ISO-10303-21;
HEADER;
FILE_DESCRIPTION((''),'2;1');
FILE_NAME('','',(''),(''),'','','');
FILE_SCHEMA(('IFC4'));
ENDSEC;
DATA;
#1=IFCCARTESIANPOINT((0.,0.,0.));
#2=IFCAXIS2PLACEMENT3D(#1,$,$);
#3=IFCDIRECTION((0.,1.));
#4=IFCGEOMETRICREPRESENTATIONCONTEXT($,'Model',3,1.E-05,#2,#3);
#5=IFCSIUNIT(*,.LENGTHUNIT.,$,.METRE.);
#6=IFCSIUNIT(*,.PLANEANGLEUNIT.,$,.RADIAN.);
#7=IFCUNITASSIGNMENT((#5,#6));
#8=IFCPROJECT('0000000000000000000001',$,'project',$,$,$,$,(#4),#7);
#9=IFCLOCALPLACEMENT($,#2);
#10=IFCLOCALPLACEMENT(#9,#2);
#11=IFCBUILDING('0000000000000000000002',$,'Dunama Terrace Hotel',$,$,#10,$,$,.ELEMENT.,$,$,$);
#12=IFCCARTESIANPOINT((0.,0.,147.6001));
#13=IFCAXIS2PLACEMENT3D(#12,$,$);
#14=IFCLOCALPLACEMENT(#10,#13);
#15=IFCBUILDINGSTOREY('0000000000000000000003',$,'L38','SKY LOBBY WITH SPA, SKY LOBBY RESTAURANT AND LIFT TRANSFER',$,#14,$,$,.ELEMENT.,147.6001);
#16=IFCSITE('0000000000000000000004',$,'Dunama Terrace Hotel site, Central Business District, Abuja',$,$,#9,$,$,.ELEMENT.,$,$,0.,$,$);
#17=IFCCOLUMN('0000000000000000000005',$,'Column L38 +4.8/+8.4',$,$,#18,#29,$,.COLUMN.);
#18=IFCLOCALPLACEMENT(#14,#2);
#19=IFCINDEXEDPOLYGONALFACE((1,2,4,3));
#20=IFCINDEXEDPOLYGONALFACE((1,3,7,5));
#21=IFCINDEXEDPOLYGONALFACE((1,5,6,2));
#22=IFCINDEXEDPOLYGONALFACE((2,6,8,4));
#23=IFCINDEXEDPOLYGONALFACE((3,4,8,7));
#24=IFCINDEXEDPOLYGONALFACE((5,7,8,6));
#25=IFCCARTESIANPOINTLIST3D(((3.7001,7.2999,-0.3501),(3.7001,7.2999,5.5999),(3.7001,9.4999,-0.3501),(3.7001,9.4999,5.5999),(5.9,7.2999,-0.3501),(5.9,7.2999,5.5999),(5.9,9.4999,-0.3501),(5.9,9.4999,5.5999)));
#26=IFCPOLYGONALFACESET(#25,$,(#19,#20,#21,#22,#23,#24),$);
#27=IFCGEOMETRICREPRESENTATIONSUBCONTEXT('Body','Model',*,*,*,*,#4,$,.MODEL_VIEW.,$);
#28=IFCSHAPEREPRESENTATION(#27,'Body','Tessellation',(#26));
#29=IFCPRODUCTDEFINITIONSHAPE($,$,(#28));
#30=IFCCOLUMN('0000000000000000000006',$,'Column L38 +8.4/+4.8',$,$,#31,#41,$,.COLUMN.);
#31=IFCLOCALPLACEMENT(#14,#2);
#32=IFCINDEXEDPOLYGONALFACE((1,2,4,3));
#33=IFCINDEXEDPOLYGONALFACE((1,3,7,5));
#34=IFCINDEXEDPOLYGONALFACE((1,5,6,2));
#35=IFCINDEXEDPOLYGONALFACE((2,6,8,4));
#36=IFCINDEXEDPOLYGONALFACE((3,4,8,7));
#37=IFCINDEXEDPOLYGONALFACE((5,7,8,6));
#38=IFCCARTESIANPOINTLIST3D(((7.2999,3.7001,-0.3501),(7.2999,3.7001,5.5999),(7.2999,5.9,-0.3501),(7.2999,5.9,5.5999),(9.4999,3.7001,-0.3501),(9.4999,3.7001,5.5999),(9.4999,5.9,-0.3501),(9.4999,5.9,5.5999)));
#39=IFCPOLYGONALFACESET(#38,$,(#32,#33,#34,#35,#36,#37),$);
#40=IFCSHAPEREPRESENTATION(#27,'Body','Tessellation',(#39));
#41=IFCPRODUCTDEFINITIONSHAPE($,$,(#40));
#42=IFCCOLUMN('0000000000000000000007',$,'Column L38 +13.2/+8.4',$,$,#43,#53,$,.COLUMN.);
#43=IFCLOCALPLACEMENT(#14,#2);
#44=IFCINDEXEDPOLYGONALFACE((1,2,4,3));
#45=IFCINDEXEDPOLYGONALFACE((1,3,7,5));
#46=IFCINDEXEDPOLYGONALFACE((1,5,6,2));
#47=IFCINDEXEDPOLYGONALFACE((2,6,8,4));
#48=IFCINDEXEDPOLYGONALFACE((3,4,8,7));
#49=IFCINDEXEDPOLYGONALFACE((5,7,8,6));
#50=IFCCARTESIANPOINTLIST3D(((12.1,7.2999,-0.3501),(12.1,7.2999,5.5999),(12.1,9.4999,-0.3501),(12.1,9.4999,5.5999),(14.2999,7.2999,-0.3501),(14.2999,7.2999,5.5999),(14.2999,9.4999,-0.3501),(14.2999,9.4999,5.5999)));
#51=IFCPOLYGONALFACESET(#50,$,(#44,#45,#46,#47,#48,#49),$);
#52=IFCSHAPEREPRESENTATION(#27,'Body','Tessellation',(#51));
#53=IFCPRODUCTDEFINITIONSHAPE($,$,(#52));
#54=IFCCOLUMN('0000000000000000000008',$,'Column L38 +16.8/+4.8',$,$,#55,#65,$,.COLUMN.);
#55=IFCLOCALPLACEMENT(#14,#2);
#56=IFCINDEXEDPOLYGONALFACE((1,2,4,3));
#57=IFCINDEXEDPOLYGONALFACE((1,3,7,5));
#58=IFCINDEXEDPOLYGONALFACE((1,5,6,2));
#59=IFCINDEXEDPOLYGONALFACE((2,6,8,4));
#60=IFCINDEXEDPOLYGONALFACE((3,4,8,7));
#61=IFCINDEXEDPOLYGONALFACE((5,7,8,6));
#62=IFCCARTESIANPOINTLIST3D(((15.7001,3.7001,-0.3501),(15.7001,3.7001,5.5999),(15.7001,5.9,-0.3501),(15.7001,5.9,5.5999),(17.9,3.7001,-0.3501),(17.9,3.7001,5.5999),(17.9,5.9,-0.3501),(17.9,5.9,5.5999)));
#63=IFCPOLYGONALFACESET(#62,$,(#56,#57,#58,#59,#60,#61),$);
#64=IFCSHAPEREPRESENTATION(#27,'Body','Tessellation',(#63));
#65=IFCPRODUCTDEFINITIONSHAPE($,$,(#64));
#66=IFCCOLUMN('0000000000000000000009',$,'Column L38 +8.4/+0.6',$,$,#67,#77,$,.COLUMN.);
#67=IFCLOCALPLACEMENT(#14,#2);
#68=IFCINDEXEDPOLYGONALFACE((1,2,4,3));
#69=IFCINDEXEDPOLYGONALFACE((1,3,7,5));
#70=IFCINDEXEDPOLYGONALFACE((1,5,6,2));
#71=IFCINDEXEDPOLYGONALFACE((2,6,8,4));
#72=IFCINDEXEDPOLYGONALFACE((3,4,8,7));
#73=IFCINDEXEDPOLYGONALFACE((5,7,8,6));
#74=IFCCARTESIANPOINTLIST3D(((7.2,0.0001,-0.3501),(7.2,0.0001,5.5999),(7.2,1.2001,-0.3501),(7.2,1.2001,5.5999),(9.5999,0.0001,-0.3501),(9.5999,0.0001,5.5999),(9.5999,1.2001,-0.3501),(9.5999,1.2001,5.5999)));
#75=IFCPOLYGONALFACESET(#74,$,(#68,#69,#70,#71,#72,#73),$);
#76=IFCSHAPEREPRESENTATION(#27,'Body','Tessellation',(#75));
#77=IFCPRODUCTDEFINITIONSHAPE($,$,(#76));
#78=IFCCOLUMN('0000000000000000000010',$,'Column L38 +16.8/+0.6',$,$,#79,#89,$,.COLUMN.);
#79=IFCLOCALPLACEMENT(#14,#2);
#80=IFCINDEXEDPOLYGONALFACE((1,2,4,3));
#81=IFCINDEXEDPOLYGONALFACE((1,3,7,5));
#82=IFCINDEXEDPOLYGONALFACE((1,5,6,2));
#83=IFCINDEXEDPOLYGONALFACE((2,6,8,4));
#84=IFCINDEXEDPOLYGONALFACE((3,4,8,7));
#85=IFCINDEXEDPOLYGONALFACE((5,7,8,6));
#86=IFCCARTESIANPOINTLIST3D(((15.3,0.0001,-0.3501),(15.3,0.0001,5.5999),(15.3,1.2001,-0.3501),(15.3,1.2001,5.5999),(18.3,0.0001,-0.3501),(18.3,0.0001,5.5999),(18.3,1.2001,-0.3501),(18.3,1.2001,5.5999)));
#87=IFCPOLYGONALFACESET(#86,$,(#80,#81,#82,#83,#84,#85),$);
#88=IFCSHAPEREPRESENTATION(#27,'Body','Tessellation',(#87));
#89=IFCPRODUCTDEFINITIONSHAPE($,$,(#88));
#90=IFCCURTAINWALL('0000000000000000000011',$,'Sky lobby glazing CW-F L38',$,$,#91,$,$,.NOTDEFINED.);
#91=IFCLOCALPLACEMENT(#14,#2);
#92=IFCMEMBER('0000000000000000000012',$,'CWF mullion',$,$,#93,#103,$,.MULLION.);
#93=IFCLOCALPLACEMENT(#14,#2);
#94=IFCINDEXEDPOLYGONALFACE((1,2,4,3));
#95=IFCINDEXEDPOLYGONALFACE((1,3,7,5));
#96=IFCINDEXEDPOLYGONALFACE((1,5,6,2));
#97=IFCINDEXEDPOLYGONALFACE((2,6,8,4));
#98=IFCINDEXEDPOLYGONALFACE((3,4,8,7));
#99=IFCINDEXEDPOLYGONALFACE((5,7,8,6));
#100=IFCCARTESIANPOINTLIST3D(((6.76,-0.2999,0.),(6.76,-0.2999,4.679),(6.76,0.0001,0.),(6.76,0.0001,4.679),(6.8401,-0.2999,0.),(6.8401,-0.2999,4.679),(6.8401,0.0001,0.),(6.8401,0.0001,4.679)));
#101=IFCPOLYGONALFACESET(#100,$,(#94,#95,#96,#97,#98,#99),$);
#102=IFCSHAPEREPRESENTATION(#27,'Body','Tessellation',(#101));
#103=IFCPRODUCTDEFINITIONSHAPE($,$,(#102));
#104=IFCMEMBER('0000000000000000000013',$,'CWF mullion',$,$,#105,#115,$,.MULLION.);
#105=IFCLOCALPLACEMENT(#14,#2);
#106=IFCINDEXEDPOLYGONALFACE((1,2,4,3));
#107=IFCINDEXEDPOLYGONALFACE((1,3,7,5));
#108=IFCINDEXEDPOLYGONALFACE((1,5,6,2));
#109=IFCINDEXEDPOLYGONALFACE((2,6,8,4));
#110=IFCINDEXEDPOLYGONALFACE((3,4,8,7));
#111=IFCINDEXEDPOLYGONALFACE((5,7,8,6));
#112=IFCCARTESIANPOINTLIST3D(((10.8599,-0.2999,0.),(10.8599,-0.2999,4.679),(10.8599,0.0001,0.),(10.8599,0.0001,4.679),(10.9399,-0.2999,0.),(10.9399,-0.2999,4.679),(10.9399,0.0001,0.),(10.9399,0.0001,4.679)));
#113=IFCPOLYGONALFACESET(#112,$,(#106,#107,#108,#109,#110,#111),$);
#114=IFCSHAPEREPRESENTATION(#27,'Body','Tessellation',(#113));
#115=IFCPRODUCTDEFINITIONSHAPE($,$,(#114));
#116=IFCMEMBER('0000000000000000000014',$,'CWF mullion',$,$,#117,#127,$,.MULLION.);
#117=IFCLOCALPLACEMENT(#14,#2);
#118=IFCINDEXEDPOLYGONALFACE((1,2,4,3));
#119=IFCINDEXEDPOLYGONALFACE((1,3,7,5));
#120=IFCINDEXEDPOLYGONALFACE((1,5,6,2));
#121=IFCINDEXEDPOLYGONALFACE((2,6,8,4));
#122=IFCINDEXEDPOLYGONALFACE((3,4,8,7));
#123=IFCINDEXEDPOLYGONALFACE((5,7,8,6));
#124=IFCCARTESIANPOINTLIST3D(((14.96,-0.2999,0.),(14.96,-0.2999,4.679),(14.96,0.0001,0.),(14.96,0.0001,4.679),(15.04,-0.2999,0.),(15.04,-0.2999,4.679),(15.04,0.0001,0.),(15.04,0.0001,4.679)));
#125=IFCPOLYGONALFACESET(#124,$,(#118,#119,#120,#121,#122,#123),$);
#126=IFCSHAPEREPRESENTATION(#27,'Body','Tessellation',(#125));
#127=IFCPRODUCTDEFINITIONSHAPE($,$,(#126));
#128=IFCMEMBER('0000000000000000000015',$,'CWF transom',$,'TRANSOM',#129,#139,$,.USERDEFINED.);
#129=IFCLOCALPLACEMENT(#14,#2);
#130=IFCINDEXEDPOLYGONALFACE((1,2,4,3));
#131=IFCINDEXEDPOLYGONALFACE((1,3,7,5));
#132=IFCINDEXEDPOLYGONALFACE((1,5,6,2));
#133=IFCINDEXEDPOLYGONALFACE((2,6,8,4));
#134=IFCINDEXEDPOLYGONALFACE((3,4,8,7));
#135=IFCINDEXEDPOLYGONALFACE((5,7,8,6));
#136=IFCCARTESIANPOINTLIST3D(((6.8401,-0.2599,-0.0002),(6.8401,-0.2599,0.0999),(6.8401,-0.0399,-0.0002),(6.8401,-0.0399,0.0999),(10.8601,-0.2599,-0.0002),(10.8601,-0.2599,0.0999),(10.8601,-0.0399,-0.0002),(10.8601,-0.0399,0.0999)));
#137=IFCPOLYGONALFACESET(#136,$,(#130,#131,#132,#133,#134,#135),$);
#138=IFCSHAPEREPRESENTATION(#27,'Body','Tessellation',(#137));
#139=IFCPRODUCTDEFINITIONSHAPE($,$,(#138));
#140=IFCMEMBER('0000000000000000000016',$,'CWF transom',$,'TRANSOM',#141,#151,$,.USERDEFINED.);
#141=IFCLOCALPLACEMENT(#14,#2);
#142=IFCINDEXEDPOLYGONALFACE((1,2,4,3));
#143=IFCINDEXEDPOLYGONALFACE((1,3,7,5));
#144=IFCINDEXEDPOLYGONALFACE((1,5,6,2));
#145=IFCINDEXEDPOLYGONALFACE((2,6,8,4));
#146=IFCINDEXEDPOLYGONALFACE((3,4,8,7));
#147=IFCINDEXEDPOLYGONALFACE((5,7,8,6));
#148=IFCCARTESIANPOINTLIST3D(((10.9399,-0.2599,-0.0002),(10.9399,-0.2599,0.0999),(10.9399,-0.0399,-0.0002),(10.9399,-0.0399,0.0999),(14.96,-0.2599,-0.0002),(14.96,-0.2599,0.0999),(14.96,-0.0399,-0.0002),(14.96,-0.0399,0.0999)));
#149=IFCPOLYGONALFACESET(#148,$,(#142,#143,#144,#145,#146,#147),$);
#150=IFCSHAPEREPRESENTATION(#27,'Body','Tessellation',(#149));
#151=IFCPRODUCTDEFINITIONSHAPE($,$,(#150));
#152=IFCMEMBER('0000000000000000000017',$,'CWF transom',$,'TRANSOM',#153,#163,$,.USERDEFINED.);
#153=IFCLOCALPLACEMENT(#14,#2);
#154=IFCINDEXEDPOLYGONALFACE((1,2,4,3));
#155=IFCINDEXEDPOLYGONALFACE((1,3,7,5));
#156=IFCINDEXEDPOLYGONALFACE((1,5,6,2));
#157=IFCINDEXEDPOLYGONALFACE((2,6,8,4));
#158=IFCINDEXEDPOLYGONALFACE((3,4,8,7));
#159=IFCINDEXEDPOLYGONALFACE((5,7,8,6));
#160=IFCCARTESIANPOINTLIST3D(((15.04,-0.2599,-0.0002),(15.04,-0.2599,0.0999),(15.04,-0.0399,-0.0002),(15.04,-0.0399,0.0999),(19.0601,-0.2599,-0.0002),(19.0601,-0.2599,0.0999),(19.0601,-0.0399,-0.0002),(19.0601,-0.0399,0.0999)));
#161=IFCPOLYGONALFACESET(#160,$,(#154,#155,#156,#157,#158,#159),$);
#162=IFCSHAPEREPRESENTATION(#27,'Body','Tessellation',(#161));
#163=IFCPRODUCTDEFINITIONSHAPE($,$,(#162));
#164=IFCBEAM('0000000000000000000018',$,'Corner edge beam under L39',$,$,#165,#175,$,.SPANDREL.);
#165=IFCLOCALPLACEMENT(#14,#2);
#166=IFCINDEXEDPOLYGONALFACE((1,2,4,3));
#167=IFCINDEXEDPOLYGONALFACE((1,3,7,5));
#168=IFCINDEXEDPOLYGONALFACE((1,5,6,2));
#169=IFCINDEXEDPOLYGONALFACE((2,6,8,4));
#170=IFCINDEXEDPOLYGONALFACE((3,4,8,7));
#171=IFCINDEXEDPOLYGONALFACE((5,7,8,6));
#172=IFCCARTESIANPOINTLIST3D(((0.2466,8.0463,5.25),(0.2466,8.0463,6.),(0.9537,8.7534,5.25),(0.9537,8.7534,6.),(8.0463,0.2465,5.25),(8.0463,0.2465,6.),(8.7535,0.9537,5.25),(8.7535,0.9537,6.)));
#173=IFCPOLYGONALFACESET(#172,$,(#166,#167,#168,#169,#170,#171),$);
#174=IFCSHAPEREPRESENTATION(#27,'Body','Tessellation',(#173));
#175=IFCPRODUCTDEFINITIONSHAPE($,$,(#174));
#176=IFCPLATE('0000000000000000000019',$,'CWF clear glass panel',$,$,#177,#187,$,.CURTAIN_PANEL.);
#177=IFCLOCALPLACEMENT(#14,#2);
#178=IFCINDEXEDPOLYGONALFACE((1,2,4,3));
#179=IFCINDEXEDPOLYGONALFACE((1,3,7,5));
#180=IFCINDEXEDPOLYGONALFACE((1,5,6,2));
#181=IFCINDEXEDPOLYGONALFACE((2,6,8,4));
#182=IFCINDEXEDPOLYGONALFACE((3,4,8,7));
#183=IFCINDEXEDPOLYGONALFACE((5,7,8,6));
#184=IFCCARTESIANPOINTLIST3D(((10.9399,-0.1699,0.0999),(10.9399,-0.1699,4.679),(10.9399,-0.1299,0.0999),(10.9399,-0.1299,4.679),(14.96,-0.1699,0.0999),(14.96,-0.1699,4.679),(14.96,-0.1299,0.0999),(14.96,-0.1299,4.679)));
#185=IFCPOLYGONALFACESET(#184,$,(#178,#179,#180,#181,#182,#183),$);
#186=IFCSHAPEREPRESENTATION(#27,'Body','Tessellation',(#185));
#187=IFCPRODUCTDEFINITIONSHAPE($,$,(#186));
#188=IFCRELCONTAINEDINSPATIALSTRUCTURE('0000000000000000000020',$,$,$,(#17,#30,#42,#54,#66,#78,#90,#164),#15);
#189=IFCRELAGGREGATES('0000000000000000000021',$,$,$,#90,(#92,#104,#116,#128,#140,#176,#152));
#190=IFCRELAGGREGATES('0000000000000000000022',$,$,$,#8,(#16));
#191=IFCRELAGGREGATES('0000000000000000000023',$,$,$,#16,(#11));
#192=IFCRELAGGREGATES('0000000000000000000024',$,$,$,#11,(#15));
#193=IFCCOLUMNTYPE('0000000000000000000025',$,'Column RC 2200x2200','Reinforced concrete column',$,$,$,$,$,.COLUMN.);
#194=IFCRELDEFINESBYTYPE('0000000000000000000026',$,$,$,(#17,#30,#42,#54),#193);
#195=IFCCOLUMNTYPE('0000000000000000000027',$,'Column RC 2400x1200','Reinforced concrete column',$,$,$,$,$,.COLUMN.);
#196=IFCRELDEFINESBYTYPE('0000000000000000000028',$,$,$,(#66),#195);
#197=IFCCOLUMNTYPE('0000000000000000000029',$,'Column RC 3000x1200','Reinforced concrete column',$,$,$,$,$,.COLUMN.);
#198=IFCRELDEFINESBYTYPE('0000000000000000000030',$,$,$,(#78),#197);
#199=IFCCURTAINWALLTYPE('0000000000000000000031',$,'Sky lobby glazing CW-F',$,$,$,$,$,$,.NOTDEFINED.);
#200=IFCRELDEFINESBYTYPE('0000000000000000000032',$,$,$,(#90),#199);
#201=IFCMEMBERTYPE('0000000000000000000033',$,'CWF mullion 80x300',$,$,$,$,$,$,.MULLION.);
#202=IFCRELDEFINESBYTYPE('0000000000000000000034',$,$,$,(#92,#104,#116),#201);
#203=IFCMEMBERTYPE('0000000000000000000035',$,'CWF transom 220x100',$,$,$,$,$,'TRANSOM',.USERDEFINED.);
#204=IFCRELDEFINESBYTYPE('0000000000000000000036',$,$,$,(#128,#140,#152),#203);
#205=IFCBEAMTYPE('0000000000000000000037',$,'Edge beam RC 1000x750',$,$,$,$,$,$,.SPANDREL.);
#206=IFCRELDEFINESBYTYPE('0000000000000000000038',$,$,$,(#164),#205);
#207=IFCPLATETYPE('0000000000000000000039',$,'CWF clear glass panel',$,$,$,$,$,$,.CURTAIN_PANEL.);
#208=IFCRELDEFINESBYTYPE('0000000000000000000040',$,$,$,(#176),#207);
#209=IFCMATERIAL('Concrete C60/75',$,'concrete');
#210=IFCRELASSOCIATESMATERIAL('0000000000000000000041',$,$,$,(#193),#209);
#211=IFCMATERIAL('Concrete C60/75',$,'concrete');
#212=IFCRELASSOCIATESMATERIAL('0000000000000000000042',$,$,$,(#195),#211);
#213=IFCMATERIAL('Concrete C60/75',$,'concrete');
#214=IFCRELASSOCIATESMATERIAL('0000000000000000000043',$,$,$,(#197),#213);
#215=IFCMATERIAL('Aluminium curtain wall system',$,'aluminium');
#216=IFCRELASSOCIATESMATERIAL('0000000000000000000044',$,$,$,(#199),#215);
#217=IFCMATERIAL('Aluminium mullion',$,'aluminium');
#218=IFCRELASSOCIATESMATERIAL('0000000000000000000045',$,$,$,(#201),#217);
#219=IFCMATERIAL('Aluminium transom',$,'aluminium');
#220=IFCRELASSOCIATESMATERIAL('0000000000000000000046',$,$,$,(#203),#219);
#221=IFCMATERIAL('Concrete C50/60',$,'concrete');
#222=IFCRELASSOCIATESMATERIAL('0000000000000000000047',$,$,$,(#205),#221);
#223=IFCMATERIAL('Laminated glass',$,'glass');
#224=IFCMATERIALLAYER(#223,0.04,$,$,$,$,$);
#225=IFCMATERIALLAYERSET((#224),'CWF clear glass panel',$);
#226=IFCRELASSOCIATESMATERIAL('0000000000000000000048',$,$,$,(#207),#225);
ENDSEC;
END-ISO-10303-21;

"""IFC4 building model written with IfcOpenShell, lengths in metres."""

from ifc_helpers import new_model, si_unit, direction, frame, origin, origin_2d, place, context, subcontext, project, spatial, rectangle, extrude, material, layer, layer_set, material_profile, profile_set, type_object, element, aggregate, save


model = new_model("IFC4")

# Units and contexts
model_context = context("Model", 3, precision=1e-05, world=origin(), true_north=direction((0.0, 1.0)))
body_context = subcontext(model_context, "Body", "Model", "MODEL_VIEW")
ifc_project = project(units=[si_unit("LENGTHUNIT", "METRE"), si_unit("PLANEANGLEUNIT", "RADIAN")], contexts=[model_context])

# Site, building, storey
site_placement = place(None, origin())
site = spatial("IfcSite", under=ifc_project, at=site_placement, Name="Dunama Terrace Hotel site, Central Business District, Abuja", CompositionType="ELEMENT", RefElevation=0.0)
building_placement = place(site_placement, origin())
building = spatial("IfcBuilding", under=site, at=building_placement, Name="Dunama Terrace Hotel", CompositionType="ELEMENT")
storey_placement = place(building_placement, frame((0.0, 0.0, 147.6001)))
storey = spatial("IfcBuildingStorey", under=building, at=storey_placement, Name="L38", Description="SKY LOBBY WITH SPA, SKY LOBBY RESTAURANT AND LIFT TRANSFER", CompositionType="ELEMENT", Elevation=147.6001)

# Columns
ifc_material_1 = material(Name="Concrete C60/75", Category="concrete")
ifc_material_profile_1 = material_profile(ifc_material_1, rectangle(XDim=2.2, YDim=2.2, at=origin_2d()), Name="RC 2200x2200")
ifc_profile_set_1 = profile_set([ifc_material_profile_1], Name="Concrete C60/75")
column_type_1 = type_object("IfcColumnType", Name="Column RC 2200x2200", Description="Reinforced concrete column", PredefinedType="COLUMN", material=ifc_profile_set_1)
for number, where, z_axis, x_axis, name in (
    (1, (4.8, 8.3999, -0.3501), (0.0, 0.0, 1.0), (1.0, 0.0, 0.0), "Column L38 +4.8/+8.4"),
    (2, (8.3999, 4.8, -0.3501), (0.0, 0.0, 1.0), (1.0, 0.0, 0.0), "Column L38 +8.4/+4.8"),
    (3, (13.2, 8.3999, -0.3501), (0.0, 0.0, 1.0), (1.0, 0.0, 0.0), "Column L38 +13.2/+8.4"),
    (4, (16.8, 4.8, -0.3501), (0.0, 0.0, 1.0), (1.0, 0.0, 0.0), "Column L38 +16.8/+4.8"),
):
    element("IfcColumn", number, at=place(storey_placement, frame(where, z_axis=z_axis, x_axis=x_axis)), inside=storey, type_object=column_type_1, Name=name, PredefinedType="COLUMN", context=body_context, shape_type="SweptSolid", body=[
        extrude(rectangle(XDim=2.2, YDim=2.2, at=origin_2d()), origin(), (0.0, 0.0, 1.0), 5.95),
    ])
ifc_material_2 = material(Name="Concrete C60/75", Category="concrete")
ifc_material_profile_2 = material_profile(ifc_material_2, rectangle(XDim=2.3999, YDim=1.2, at=origin_2d()), Name="RC 2400x1200")
ifc_profile_set_2 = profile_set([ifc_material_profile_2], Name="Concrete C60/75")
column_type_2 = type_object("IfcColumnType", Name="Column RC 2400x1200", Description="Reinforced concrete column", PredefinedType="COLUMN", material=ifc_profile_set_2)
column_1_placement = place(storey_placement, frame((8.3999, 0.6001, -0.3501), z_axis=(0.0, 0.0, 1.0), x_axis=(1.0, 0.0, 0.0)))
element("IfcColumn", 5, at=column_1_placement, inside=storey, type_object=column_type_2, Name="Column L38 +8.4/+0.6", PredefinedType="COLUMN", context=body_context, shape_type="SweptSolid", body=[
    extrude(rectangle(XDim=2.3999, YDim=1.2, at=origin_2d()), origin(), (0.0, 0.0, 1.0), 5.95),
])
ifc_material_3 = material(Name="Concrete C60/75", Category="concrete")
ifc_material_profile_3 = material_profile(ifc_material_3, rectangle(XDim=3.0, YDim=1.2, at=origin_2d()), Name="RC 3000x1200")
ifc_profile_set_3 = profile_set([ifc_material_profile_3], Name="Concrete C60/75")
column_type_3 = type_object("IfcColumnType", Name="Column RC 3000x1200", Description="Reinforced concrete column", PredefinedType="COLUMN", material=ifc_profile_set_3)
column_2_placement = place(storey_placement, frame((16.8, 0.6001, -0.3501), z_axis=(0.0, 0.0, 1.0), x_axis=(1.0, 0.0, 0.0)))
element("IfcColumn", 6, at=column_2_placement, inside=storey, type_object=column_type_3, Name="Column L38 +16.8/+0.6", PredefinedType="COLUMN", context=body_context, shape_type="SweptSolid", body=[
    extrude(rectangle(XDim=3.0, YDim=1.2, at=origin_2d()), origin(), (0.0, 0.0, 1.0), 5.95),
])

# Curtain wall, members
ifc_material_4 = material(Name="Aluminium curtain wall system", Category="aluminium")
curtain_wall_type = type_object("IfcCurtainWallType", Name="Sky lobby glazing CW-F", PredefinedType="NOTDEFINED", material=ifc_material_4)
curtain_wall_placement = place(storey_placement, origin())
curtain_wall = element("IfcCurtainWall", 7, at=curtain_wall_placement, inside=storey, type_object=curtain_wall_type, Name="Sky lobby glazing CW-F L38", PredefinedType="NOTDEFINED")
ifc_material_5 = material(Name="Aluminium mullion", Category="aluminium")
ifc_material_profile_4 = material_profile(ifc_material_5, rectangle(XDim=0.0801, YDim=0.3, at=origin_2d()), Name="CWF MULLION 80X300")
ifc_profile_set_4 = profile_set([ifc_material_profile_4], Name="Aluminium mullion")
member_type_1 = type_object("IfcMemberType", Name="CWF mullion 80x300", PredefinedType="MULLION", material=ifc_profile_set_4)
member_1_placement = place(storey_placement, frame((6.8, -0.1499, 0.0), z_axis=(0.0, 0.0, 1.0), x_axis=(1.0, 0.0, 0.0)))
member_1 = element("IfcMember", 8, at=member_1_placement, type_object=member_type_1, Name="CWF mullion", PredefinedType="MULLION", context=body_context, shape_type="SweptSolid", body=[
    extrude(rectangle(XDim=0.0801, YDim=0.3, at=origin_2d()), origin(), (0.0, 0.0, 1.0), 4.679),
])
member_2_placement = place(storey_placement, frame((10.8999, -0.1499, 0.0), z_axis=(0.0, 0.0, 1.0), x_axis=(1.0, 0.0, 0.0)))
member_2 = element("IfcMember", 9, at=member_2_placement, type_object=member_type_1, Name="CWF mullion", PredefinedType="MULLION", context=body_context, shape_type="SweptSolid", body=[
    extrude(rectangle(XDim=0.0801, YDim=0.3, at=origin_2d()), origin(), (0.0, 0.0, 1.0), 4.679),
])
member_3_placement = place(storey_placement, frame((15.0, -0.1499, 0.0), z_axis=(0.0, 0.0, 1.0), x_axis=(1.0, 0.0, 0.0)))
member_3 = element("IfcMember", 10, at=member_3_placement, type_object=member_type_1, Name="CWF mullion", PredefinedType="MULLION", context=body_context, shape_type="SweptSolid", body=[
    extrude(rectangle(XDim=0.0801, YDim=0.3, at=origin_2d()), origin(), (0.0, 0.0, 1.0), 4.679),
])
ifc_material_6 = material(Name="Aluminium transom", Category="aluminium")
ifc_material_profile_5 = material_profile(ifc_material_6, rectangle(XDim=0.22, YDim=0.1001, at=origin_2d()), Name="CWF TRANSOM 220X100")
ifc_profile_set_5 = profile_set([ifc_material_profile_5], Name="Aluminium transom")
member_type_2 = type_object("IfcMemberType", Name="CWF transom 220x100", ElementType="TRANSOM", PredefinedType="USERDEFINED", material=ifc_profile_set_5)
member_4_placement = place(storey_placement, frame((6.8401, -0.1499, 0.0498), z_axis=(1.0, 0.0, 0.0), x_axis=(0.0, 1.0, 0.0)))
member_4 = element("IfcMember", 11, at=member_4_placement, type_object=member_type_2, Name="CWF transom", ObjectType="TRANSOM", PredefinedType="USERDEFINED", context=body_context, shape_type="SweptSolid", body=[
    extrude(rectangle(XDim=0.22, YDim=0.1001, at=origin_2d()), origin(), (0.0, 0.0, 1.0), 4.02),
])
member_5_placement = place(storey_placement, frame((10.9399, -0.1499, 0.0498), z_axis=(1.0, 0.0, 0.0), x_axis=(0.0, 1.0, 0.0)))
member_5 = element("IfcMember", 12, at=member_5_placement, type_object=member_type_2, Name="CWF transom", ObjectType="TRANSOM", PredefinedType="USERDEFINED", context=body_context, shape_type="SweptSolid", body=[
    extrude(rectangle(XDim=0.22, YDim=0.1001, at=origin_2d()), origin(), (0.0, 0.0, 1.0), 4.02),
])
member_6_placement = place(storey_placement, frame((15.04, -0.1499, 0.0498), z_axis=(1.0, 0.0, 0.0), x_axis=(0.0, 1.0, 0.0)))
member_6 = element("IfcMember", 13, at=member_6_placement, type_object=member_type_2, Name="CWF transom", ObjectType="TRANSOM", PredefinedType="USERDEFINED", context=body_context, shape_type="SweptSolid", body=[
    extrude(rectangle(XDim=0.22, YDim=0.1001, at=origin_2d()), origin(), (0.0, 0.0, 1.0), 4.02),
])

# Beam
ifc_material_7 = material(Name="Concrete C50/60", Category="concrete")
ifc_material_profile_6 = material_profile(ifc_material_7, rectangle(XDim=1.0, YDim=0.75, at=origin_2d()), Name="RC 1000x750")
ifc_profile_set_6 = profile_set([ifc_material_profile_6], Name="Concrete C50/60")
beam_type = type_object("IfcBeamType", Name="Edge beam RC 1000x750", PredefinedType="SPANDREL", material=ifc_profile_set_6)
beam_placement = place(storey_placement, frame((8.3999, 0.6001, 5.625), z_axis=(-0.707107, 0.707107, 0.0), x_axis=(-0.707107, -0.707107, 0.0)))
element("IfcBeam", 14, at=beam_placement, inside=storey, type_object=beam_type, Name="Corner edge beam under L39", PredefinedType="SPANDREL", context=body_context, shape_type="SweptSolid", body=[
    extrude(rectangle(XDim=1.0, YDim=0.75, at=origin_2d()), origin(), (0.0, 0.0, 1.0), 11.0305),
])

# Plate
ifc_material_8 = material(Name="Laminated glass", Category="glass")
ifc_layer_1 = layer(ifc_material_8, 0.04)
ifc_layer_set_1 = layer_set([ifc_layer_1], Name="CWF clear glass panel")
plate_type_1 = type_object("IfcPlateType", Name="CWF clear glass panel", PredefinedType="CURTAIN_PANEL", material=ifc_layer_set_1)
plate_1_placement = place(storey_placement, frame((12.95, -0.1499, 0.0999), z_axis=(0.0, 0.0, 1.0), x_axis=(1.0, 0.0, 0.0)))
plate_1 = element("IfcPlate", 15, at=plate_1_placement, type_object=plate_type_1, Name="CWF clear glass panel", PredefinedType="CURTAIN_PANEL", context=body_context, shape_type="SweptSolid", body=[
    extrude(rectangle(XDim=4.02, YDim=0.04, at=origin_2d()), origin(), (0.0, 0.0, 1.0), 4.5791),
])
aggregate(curtain_wall, [member_1, member_2, member_3, member_4, member_5, plate_1, member_6])

save(model, "model.ifc")
